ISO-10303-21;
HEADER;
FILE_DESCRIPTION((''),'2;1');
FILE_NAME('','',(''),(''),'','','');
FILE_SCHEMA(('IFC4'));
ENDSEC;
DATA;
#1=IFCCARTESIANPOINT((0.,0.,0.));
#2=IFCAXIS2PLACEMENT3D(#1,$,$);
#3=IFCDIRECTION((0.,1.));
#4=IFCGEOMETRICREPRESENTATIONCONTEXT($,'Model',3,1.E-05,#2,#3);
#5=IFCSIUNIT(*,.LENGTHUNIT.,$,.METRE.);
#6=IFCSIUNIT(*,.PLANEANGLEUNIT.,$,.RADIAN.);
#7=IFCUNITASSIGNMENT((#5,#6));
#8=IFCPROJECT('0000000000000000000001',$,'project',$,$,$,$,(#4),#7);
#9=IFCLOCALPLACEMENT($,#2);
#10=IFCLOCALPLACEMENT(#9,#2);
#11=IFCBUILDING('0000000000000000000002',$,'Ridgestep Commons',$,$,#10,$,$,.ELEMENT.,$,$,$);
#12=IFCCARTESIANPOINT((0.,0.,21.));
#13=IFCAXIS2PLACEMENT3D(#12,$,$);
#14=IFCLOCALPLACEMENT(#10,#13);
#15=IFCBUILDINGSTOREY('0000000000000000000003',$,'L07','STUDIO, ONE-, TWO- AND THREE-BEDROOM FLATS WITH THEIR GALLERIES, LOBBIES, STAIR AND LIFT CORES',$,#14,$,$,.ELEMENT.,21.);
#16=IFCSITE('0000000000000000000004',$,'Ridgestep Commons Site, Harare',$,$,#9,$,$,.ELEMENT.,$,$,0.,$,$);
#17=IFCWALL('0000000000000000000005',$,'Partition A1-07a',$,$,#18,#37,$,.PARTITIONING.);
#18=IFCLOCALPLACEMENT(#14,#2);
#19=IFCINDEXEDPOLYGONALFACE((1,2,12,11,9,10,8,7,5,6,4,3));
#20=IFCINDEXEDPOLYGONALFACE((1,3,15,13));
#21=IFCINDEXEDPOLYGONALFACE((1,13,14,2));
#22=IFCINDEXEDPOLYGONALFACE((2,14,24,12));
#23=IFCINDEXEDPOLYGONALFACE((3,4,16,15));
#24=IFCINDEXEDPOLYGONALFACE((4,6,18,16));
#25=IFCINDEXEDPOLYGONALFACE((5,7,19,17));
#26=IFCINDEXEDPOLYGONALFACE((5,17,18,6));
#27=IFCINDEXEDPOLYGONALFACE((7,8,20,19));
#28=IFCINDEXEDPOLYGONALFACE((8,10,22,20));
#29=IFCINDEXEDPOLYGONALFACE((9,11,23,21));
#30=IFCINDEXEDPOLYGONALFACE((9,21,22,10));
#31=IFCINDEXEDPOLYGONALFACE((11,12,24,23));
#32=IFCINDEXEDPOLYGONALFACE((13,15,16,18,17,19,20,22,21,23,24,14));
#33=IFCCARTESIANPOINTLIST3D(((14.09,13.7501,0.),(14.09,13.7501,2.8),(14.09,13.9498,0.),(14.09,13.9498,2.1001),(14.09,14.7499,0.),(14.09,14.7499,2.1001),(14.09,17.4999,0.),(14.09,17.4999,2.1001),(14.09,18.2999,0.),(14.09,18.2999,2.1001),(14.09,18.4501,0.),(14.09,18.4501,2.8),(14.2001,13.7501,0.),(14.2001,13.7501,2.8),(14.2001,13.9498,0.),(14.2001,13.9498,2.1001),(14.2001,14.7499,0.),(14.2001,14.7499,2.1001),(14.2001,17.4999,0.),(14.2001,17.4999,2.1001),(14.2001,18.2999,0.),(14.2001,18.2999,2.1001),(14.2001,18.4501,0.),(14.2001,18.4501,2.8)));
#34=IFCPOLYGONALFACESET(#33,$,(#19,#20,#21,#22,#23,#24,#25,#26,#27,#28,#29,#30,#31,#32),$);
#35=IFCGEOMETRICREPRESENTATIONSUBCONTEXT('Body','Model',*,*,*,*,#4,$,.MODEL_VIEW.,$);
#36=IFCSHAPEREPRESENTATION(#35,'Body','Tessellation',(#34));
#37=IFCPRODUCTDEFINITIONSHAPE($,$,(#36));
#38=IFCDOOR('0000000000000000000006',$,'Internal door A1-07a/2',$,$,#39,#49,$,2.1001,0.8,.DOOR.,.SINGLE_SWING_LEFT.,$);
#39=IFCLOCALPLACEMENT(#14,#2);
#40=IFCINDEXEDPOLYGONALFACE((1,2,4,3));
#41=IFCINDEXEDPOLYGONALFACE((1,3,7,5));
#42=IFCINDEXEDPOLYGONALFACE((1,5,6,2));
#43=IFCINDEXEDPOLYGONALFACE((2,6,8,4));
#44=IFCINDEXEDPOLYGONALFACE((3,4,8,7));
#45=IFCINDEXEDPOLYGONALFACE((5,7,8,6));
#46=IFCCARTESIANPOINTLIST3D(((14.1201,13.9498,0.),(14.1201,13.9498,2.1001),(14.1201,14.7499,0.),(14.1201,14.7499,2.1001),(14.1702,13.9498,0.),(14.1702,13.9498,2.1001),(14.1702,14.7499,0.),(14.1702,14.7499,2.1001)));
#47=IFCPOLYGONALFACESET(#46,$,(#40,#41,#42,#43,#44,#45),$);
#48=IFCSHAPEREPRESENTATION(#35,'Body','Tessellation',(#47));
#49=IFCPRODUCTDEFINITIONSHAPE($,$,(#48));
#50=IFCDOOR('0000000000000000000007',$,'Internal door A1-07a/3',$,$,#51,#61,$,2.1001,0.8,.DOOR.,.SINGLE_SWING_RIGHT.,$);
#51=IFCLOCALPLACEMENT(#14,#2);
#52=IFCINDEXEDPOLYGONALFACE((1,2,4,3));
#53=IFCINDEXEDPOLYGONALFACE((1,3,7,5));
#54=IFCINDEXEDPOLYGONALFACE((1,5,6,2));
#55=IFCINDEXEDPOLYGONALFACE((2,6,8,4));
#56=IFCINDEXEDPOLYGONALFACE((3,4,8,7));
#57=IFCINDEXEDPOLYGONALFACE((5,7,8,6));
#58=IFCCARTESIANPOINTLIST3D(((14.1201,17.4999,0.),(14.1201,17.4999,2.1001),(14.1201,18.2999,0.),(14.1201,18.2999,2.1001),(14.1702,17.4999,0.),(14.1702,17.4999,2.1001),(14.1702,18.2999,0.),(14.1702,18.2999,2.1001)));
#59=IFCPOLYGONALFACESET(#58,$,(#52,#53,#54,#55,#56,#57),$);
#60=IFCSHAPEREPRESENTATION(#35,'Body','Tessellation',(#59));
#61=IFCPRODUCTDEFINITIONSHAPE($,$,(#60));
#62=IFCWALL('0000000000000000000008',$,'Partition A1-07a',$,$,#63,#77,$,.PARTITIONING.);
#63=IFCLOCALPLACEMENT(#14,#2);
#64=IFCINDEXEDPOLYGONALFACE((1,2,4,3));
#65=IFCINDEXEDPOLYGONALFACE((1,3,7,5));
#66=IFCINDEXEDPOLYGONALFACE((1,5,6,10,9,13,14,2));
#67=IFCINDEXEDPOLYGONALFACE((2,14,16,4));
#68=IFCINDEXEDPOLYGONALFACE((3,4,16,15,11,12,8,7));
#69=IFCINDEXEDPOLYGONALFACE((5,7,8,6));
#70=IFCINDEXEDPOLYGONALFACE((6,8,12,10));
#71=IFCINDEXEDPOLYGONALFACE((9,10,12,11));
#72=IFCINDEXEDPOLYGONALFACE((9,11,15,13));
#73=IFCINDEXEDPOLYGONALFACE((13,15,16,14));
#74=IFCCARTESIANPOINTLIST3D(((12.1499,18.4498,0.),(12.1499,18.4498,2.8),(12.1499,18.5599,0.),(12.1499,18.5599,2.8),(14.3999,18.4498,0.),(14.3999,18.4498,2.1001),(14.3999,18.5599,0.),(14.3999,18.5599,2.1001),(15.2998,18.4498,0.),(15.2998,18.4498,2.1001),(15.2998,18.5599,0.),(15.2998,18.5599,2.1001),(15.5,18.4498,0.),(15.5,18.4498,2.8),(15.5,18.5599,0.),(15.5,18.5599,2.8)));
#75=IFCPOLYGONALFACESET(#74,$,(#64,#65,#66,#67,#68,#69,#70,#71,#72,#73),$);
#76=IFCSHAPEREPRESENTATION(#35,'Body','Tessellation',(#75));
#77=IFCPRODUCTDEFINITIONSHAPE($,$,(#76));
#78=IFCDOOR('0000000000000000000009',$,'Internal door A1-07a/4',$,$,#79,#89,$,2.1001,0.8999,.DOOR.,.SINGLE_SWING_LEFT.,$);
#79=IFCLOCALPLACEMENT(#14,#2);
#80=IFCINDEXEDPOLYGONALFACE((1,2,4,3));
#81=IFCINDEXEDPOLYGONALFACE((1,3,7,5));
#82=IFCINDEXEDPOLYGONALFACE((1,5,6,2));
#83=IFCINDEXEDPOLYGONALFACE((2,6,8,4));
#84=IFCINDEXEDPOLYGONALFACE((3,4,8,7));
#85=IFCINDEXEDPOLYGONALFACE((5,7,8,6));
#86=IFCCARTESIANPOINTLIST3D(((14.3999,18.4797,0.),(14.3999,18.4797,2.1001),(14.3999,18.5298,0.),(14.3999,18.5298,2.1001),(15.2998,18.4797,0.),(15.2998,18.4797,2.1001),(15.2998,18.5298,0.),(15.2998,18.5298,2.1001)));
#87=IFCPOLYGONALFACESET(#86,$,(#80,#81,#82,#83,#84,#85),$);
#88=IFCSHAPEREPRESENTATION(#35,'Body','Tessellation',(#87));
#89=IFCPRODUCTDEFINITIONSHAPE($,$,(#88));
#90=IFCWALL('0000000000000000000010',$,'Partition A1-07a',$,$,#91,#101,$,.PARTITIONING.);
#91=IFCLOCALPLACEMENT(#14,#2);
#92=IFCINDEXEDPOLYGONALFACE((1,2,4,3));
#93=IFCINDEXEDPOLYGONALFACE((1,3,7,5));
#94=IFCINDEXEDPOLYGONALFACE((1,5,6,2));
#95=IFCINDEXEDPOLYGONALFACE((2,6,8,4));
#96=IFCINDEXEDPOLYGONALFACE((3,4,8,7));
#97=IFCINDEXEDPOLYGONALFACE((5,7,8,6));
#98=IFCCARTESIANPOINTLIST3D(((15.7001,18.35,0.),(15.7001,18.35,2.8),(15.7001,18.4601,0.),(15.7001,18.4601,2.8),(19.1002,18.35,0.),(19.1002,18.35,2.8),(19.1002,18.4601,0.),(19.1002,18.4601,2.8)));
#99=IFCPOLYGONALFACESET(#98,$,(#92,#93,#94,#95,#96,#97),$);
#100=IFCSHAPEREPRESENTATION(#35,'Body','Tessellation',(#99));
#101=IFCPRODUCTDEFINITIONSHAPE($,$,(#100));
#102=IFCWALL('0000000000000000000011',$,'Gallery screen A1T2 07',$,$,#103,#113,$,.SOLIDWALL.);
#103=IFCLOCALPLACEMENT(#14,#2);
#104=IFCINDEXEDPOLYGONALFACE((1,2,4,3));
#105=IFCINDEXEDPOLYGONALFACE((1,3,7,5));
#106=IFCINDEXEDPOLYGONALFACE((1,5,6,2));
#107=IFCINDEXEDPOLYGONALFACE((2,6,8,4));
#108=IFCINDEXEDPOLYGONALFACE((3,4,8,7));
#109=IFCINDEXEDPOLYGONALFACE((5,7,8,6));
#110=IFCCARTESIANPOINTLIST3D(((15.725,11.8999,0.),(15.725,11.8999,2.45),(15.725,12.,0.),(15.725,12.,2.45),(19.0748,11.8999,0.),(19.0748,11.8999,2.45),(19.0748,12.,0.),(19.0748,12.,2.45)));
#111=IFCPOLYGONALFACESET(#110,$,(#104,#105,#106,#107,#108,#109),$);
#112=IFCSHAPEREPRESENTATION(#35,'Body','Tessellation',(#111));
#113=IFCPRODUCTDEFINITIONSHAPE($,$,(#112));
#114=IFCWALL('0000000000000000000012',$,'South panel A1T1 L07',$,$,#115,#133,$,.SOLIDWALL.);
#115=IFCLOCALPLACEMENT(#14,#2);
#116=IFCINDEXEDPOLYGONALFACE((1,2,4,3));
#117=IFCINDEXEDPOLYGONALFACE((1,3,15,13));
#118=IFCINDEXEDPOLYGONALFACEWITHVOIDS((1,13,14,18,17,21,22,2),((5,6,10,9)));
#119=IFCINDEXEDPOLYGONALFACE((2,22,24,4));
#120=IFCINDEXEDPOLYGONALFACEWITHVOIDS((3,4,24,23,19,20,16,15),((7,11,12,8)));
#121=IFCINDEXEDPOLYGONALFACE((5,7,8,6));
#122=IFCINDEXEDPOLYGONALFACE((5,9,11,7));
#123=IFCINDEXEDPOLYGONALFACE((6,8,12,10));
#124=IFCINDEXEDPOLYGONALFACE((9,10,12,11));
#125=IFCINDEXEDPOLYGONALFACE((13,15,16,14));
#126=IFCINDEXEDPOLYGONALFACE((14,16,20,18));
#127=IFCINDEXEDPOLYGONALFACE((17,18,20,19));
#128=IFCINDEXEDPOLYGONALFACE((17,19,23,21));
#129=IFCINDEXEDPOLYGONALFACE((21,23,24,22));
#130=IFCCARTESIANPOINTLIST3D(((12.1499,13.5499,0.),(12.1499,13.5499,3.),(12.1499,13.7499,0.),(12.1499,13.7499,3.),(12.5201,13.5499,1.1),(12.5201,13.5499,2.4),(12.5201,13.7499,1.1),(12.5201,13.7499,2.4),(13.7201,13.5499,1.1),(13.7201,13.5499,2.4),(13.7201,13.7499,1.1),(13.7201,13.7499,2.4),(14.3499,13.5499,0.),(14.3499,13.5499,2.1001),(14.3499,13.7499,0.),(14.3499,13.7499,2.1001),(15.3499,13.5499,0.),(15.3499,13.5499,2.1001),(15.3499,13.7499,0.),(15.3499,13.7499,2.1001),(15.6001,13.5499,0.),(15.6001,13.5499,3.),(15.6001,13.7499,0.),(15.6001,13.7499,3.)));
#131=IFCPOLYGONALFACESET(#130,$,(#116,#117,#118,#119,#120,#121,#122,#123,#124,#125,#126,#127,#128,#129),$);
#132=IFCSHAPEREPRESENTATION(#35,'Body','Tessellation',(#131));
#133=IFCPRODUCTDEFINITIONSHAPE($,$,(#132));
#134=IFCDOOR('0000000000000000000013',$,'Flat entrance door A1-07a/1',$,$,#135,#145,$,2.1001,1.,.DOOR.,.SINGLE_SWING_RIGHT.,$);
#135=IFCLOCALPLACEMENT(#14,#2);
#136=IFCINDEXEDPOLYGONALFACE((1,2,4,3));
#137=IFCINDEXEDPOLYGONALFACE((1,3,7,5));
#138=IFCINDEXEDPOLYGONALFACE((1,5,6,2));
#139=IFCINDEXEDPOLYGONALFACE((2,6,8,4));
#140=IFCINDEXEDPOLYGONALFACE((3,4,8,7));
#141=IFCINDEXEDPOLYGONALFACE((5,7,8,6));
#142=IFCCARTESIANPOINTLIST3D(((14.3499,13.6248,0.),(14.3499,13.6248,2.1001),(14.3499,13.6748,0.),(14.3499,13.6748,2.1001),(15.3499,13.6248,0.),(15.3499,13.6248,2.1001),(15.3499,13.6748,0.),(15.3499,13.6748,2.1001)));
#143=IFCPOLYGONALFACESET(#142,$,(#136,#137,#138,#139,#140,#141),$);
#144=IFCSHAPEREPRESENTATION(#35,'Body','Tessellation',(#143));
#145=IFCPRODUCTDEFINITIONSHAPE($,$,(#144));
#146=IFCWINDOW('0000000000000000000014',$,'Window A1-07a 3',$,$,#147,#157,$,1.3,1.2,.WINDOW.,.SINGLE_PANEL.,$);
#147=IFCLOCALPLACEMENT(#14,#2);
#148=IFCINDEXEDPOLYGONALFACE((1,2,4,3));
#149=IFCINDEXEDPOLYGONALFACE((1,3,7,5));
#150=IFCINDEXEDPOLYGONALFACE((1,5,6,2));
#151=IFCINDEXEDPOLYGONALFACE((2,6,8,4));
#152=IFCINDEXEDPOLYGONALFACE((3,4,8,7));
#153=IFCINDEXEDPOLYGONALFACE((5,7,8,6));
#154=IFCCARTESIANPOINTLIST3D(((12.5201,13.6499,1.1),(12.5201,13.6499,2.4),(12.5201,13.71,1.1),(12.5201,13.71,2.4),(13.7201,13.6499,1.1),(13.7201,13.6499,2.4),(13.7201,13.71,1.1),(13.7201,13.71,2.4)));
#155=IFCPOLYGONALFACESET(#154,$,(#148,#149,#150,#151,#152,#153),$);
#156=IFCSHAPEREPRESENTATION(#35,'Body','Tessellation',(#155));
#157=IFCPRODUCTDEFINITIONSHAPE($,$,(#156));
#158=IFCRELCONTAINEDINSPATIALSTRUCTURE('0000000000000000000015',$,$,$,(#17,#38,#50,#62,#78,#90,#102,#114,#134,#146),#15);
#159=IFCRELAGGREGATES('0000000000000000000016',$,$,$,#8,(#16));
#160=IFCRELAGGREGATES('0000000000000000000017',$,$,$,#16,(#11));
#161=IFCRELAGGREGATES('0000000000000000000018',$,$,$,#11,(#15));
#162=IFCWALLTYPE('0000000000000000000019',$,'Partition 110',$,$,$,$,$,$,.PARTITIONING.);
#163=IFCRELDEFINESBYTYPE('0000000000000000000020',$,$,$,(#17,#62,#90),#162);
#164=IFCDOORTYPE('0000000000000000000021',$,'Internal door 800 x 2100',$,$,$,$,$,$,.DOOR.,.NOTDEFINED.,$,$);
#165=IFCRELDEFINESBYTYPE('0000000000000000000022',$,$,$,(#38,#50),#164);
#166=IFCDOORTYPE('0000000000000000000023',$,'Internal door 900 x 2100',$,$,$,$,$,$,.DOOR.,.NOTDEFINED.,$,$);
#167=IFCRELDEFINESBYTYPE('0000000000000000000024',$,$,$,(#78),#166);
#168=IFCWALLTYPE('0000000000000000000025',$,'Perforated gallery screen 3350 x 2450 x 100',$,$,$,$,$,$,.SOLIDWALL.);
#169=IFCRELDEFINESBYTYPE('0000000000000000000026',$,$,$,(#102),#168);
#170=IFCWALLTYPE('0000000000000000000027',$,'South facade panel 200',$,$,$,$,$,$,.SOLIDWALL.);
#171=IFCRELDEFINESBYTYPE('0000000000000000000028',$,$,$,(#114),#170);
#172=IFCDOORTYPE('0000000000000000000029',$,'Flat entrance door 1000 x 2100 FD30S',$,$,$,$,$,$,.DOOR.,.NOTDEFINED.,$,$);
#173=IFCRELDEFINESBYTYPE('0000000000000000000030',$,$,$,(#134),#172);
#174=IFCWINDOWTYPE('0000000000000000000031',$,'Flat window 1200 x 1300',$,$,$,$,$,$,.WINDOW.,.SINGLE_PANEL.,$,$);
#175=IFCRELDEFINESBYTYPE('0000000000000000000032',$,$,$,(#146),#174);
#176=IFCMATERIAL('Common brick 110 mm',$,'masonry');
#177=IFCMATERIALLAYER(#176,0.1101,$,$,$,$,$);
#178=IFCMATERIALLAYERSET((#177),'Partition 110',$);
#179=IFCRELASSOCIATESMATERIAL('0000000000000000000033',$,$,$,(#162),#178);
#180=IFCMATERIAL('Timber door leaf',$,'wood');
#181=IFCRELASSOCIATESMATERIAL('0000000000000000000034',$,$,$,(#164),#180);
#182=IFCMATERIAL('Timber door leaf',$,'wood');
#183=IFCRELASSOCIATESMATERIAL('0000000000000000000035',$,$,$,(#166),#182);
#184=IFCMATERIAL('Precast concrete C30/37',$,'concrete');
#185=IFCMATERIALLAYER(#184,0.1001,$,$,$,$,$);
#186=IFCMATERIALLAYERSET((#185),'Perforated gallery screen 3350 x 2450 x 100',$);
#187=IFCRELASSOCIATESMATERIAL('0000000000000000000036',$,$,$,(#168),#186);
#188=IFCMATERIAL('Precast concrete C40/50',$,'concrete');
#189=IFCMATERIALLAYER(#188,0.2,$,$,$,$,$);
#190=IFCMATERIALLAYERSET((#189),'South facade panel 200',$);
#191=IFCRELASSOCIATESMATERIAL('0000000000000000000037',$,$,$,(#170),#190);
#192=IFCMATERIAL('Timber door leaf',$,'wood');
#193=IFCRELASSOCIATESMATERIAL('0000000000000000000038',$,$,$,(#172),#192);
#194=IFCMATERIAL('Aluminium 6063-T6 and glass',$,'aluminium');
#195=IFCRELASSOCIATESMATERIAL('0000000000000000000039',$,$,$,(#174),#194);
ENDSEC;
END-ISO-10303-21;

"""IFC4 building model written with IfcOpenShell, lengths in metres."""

from ifc_helpers import new_model, si_unit, direction, frame, frame_2d, origin, place, context, subcontext, project, spatial, rectangle, extrude, material, layer, layer_set, type_object, element, fill, save


model = new_model("IFC4")

# Units and contexts
model_context = context("Model", 3, precision=1e-05, world=origin(), true_north=direction((0.0, 1.0)))
body_context = subcontext(model_context, "Body", "Model", "MODEL_VIEW")
ifc_project = project(units=[si_unit("LENGTHUNIT", "METRE"), si_unit("PLANEANGLEUNIT", "RADIAN")], contexts=[model_context])

# Site, building, storey
site_placement = place(None, origin())
site = spatial("IfcSite", under=ifc_project, at=site_placement, Name="Ridgestep Commons Site, Harare", CompositionType="ELEMENT", RefElevation=0.0)
building_placement = place(site_placement, origin())
building = spatial("IfcBuilding", under=site, at=building_placement, Name="Ridgestep Commons", CompositionType="ELEMENT")
storey_placement = place(building_placement, frame((0.0, 0.0, 21.0)))
storey = spatial("IfcBuildingStorey", under=building, at=storey_placement, Name="L07", Description="STUDIO, ONE-, TWO- AND THREE-BEDROOM FLATS WITH THEIR GALLERIES, LOBBIES, STAIR AND LIFT CORES", CompositionType="ELEMENT", Elevation=21.0)

# Shared definitions
ifc_material_1 = material(Name="Common brick 110 mm", Category="masonry")
ifc_layer_1 = layer(ifc_material_1, 0.1101)
ifc_layer_set_1 = layer_set([ifc_layer_1], Name="Partition 110")
wall_type_1 = type_object("IfcWallType", Name="Partition 110", PredefinedType="PARTITIONING", material=ifc_layer_set_1)

# Wall, openings, doors
wall_1_placement = place(storey_placement, frame((14.145, 13.75, 0.0), z_axis=(0.0, 0.0, 1.0), x_axis=(0.0, 1.0, 0.0)))
wall_1 = element("IfcWall", 1, at=wall_1_placement, inside=storey, type_object=wall_type_1, Name="Partition A1-07a", PredefinedType="PARTITIONING", context=body_context, shape_type="SweptSolid", body=[
    extrude(rectangle(XDim=4.7, YDim=0.1101, at=frame_2d((2.3501, 0.0))), origin(), (0.0, 0.0, 1.0), 2.8),
])
opening_1_placement = place(wall_1_placement, frame((0.2, 0.0, 0.0)))
opening_1 = element("IfcOpeningElement", 2, at=opening_1_placement, cuts=wall_1, PredefinedType="OPENING", context=body_context, shape_type="SweptSolid", body=[
    extrude(rectangle(XDim=0.8, YDim=2.1001, at=frame_2d((0.3999, 1.05))), frame((0.0, 0.0649, 0.0), z_axis=(0.0, -1.0, 0.0), x_axis=(1.0, 0.0, 0.0)), (0.0, 0.0, 1.0), 0.1301),
])
opening_2_placement = place(wall_1_placement, frame((3.75, 0.0, 0.0)))
opening_2 = element("IfcOpeningElement", 3, at=opening_2_placement, cuts=wall_1, PredefinedType="OPENING", context=body_context, shape_type="SweptSolid", body=[
    extrude(rectangle(XDim=0.8, YDim=2.1001, at=frame_2d((0.3999, 1.05))), frame((0.0, 0.0649, 0.0), z_axis=(0.0, -1.0, 0.0), x_axis=(1.0, 0.0, 0.0)), (0.0, 0.0, 1.0), 0.1301),
])
ifc_material_2 = material(Name="Timber door leaf", Category="wood")
door_type_1 = type_object("IfcDoorType", Name="Internal door 800 x 2100", OperationType="NOTDEFINED", PredefinedType="DOOR", material=ifc_material_2)
door_1_placement = place(opening_1_placement, origin())
door_1 = element("IfcDoor", 4, at=door_1_placement, inside=storey, type_object=door_type_1, Name="Internal door A1-07a/2", OperationType="SINGLE_SWING_LEFT", OverallHeight=2.1001, OverallWidth=0.8, PredefinedType="DOOR", context=body_context, shape_type="SweptSolid", body=[
    extrude(rectangle(XDim=0.8, YDim=2.1001, at=frame_2d((0.3999, 1.05))), frame((0.0, 0.0249, 0.0), z_axis=(0.0, -1.0, 0.0), x_axis=(1.0, 0.0, 0.0)), (0.0, 0.0, 1.0), 0.05),
])
fill(opening_1, door_1)
door_2_placement = place(opening_2_placement, origin())
door_2 = element("IfcDoor", 5, at=door_2_placement, inside=storey, type_object=door_type_1, Name="Internal door A1-07a/3", OperationType="SINGLE_SWING_RIGHT", OverallHeight=2.1001, OverallWidth=0.8, PredefinedType="DOOR", context=body_context, shape_type="SweptSolid", body=[
    extrude(rectangle(XDim=0.8, YDim=2.1001, at=frame_2d((0.3999, 1.05))), frame((0.0, 0.0249, 0.0), z_axis=(0.0, -1.0, 0.0), x_axis=(1.0, 0.0, 0.0)), (0.0, 0.0, 1.0), 0.05),
])
fill(opening_2, door_2)

# Wall, opening, door
wall_2_placement = place(storey_placement, frame((12.1499, 18.5049, 0.0), z_axis=(0.0, 0.0, 1.0), x_axis=(1.0, 0.0, 0.0)))
wall_2 = element("IfcWall", 6, at=wall_2_placement, inside=storey, type_object=wall_type_1, Name="Partition A1-07a", PredefinedType="PARTITIONING", context=body_context, shape_type="SweptSolid", body=[
    extrude(rectangle(XDim=3.3501, YDim=0.1101, at=frame_2d((1.675, 0.0))), origin(), (0.0, 0.0, 1.0), 2.8),
])
opening_3_placement = place(wall_2_placement, frame((2.25, 0.0, 0.0)))
opening_3 = element("IfcOpeningElement", 7, at=opening_3_placement, cuts=wall_2, PredefinedType="OPENING", context=body_context, shape_type="SweptSolid", body=[
    extrude(rectangle(XDim=0.8999, YDim=2.1001, at=frame_2d((0.45, 1.05))), frame((0.0, 0.0649, 0.0), z_axis=(0.0, -1.0, 0.0), x_axis=(1.0, 0.0, 0.0)), (0.0, 0.0, 1.0), 0.1301),
])
ifc_material_3 = material(Name="Timber door leaf", Category="wood")
door_type_2 = type_object("IfcDoorType", Name="Internal door 900 x 2100", OperationType="NOTDEFINED", PredefinedType="DOOR", material=ifc_material_3)
door_3_placement = place(opening_3_placement, origin())
door_3 = element("IfcDoor", 8, at=door_3_placement, inside=storey, type_object=door_type_2, Name="Internal door A1-07a/4", OperationType="SINGLE_SWING_LEFT", OverallHeight=2.1001, OverallWidth=0.8999, PredefinedType="DOOR", context=body_context, shape_type="SweptSolid", body=[
    extrude(rectangle(XDim=0.8999, YDim=2.1001, at=frame_2d((0.45, 1.05))), frame((0.0, 0.0249, 0.0), z_axis=(0.0, -1.0, 0.0), x_axis=(1.0, 0.0, 0.0)), (0.0, 0.0, 1.0), 0.05),
])
fill(opening_3, door_3)

# Walls
wall_3_placement = place(storey_placement, frame((15.7, 18.405, 0.0), z_axis=(0.0, 0.0, 1.0), x_axis=(1.0, 0.0, 0.0)))
element("IfcWall", 9, at=wall_3_placement, inside=storey, type_object=wall_type_1, Name="Partition A1-07a", PredefinedType="PARTITIONING", context=body_context, shape_type="SweptSolid", body=[
    extrude(rectangle(XDim=3.4001, YDim=0.1101, at=frame_2d((1.7002, 0.0))), origin(), (0.0, 0.0, 1.0), 2.8),
])
ifc_material_4 = material(Name="Precast concrete C30/37", Category="concrete")
ifc_layer_2 = layer(ifc_material_4, 0.1001)
ifc_layer_set_2 = layer_set([ifc_layer_2], Name="Perforated gallery screen 3350 x 2450 x 100")
wall_type_2 = type_object("IfcWallType", Name="Perforated gallery screen 3350 x 2450 x 100", PredefinedType="SOLIDWALL", material=ifc_layer_set_2)
wall_4_placement = place(storey_placement, frame((15.7251, 11.95, 0.0), z_axis=(0.0, 0.0, 1.0), x_axis=(1.0, 0.0, 0.0)))
element("IfcWall", 10, at=wall_4_placement, inside=storey, type_object=wall_type_2, Name="Gallery screen A1T2 07", PredefinedType="SOLIDWALL", context=body_context, shape_type="SweptSolid", body=[
    extrude(rectangle(XDim=3.3499, YDim=0.1001, at=frame_2d((1.6748, 0.0))), origin(), (0.0, 0.0, 1.0), 2.45),
])

# Wall, openings, door, window
ifc_material_5 = material(Name="Precast concrete C40/50", Category="concrete")
ifc_layer_3 = layer(ifc_material_5, 0.2)
ifc_layer_set_3 = layer_set([ifc_layer_3], Name="South facade panel 200")
wall_type_3 = type_object("IfcWallType", Name="South facade panel 200", PredefinedType="SOLIDWALL", material=ifc_layer_set_3)
wall_5_placement = place(storey_placement, frame((12.1499, 13.6499, 0.0), z_axis=(0.0, 0.0, 1.0), x_axis=(1.0, 0.0, 0.0)))
wall_5 = element("IfcWall", 11, at=wall_5_placement, inside=storey, type_object=wall_type_3, Name="South panel A1T1 L07", PredefinedType="SOLIDWALL", context=body_context, shape_type="SweptSolid", body=[
    extrude(rectangle(XDim=3.4502, YDim=0.2, at=frame_2d((1.7251, 0.0))), origin(), (0.0, 0.0, 1.0), 3.0),
])
opening_4_placement = place(wall_5_placement, frame((0.3701, 0.0, 1.1001)))
opening_4 = element("IfcOpeningElement", 12, at=opening_4_placement, cuts=wall_5, PredefinedType="OPENING", context=body_context, shape_type="SweptSolid", body=[
    extrude(rectangle(XDim=1.2, YDim=1.3, at=frame_2d((0.6001, 0.6499))), frame((0.0, 0.1099, 0.0), z_axis=(0.0, -1.0, 0.0), x_axis=(1.0, 0.0, 0.0)), (0.0, 0.0, 1.0), 0.22),
])
opening_5_placement = place(wall_5_placement, frame((2.2, 0.0, 0.0)))
opening_5 = element("IfcOpeningElement", 13, at=opening_5_placement, cuts=wall_5, PredefinedType="OPENING", context=body_context, shape_type="SweptSolid", body=[
    extrude(rectangle(XDim=1.0, YDim=2.1001, at=frame_2d((0.5, 1.05))), frame((0.0, 0.1099, 0.0), z_axis=(0.0, -1.0, 0.0), x_axis=(1.0, 0.0, 0.0)), (0.0, 0.0, 1.0), 0.22),
])
ifc_material_6 = material(Name="Timber door leaf", Category="wood")
door_type_3 = type_object("IfcDoorType", Name="Flat entrance door 1000 x 2100 FD30S", OperationType="NOTDEFINED", PredefinedType="DOOR", material=ifc_material_6)
door_4_placement = place(opening_5_placement, origin())
door_4 = element("IfcDoor", 14, at=door_4_placement, inside=storey, type_object=door_type_3, Name="Flat entrance door A1-07a/1", OperationType="SINGLE_SWING_RIGHT", OverallHeight=2.1001, OverallWidth=1.0, PredefinedType="DOOR", context=body_context, shape_type="SweptSolid", body=[
    extrude(rectangle(XDim=1.0, YDim=2.1001, at=frame_2d((0.5, 1.05))), frame((0.0, 0.0249, 0.0), z_axis=(0.0, -1.0, 0.0), x_axis=(1.0, 0.0, 0.0)), (0.0, 0.0, 1.0), 0.05),
])
fill(opening_5, door_4)
ifc_material_7 = material(Name="Aluminium 6063-T6 and glass", Category="aluminium")
window_type_1 = type_object("IfcWindowType", Name="Flat window 1200 x 1300", PartitioningType="SINGLE_PANEL", PredefinedType="WINDOW", material=ifc_material_7)
window_1_placement = place(opening_4_placement, origin())
window_1 = element("IfcWindow", 15, at=window_1_placement, inside=storey, type_object=window_type_1, Name="Window A1-07a 3", OverallHeight=1.3, OverallWidth=1.2, PartitioningType="SINGLE_PANEL", PredefinedType="WINDOW", context=body_context, shape_type="SweptSolid", body=[
    extrude(rectangle(XDim=1.2, YDim=1.3, at=frame_2d((0.6001, 0.6499))), frame((0.0, 0.0601, 0.0), z_axis=(0.0, -1.0, 0.0), x_axis=(1.0, 0.0, 0.0)), (0.0, 0.0, 1.0), 0.0601),
])
fill(opening_4, window_1)

save(model, "model.ifc")
